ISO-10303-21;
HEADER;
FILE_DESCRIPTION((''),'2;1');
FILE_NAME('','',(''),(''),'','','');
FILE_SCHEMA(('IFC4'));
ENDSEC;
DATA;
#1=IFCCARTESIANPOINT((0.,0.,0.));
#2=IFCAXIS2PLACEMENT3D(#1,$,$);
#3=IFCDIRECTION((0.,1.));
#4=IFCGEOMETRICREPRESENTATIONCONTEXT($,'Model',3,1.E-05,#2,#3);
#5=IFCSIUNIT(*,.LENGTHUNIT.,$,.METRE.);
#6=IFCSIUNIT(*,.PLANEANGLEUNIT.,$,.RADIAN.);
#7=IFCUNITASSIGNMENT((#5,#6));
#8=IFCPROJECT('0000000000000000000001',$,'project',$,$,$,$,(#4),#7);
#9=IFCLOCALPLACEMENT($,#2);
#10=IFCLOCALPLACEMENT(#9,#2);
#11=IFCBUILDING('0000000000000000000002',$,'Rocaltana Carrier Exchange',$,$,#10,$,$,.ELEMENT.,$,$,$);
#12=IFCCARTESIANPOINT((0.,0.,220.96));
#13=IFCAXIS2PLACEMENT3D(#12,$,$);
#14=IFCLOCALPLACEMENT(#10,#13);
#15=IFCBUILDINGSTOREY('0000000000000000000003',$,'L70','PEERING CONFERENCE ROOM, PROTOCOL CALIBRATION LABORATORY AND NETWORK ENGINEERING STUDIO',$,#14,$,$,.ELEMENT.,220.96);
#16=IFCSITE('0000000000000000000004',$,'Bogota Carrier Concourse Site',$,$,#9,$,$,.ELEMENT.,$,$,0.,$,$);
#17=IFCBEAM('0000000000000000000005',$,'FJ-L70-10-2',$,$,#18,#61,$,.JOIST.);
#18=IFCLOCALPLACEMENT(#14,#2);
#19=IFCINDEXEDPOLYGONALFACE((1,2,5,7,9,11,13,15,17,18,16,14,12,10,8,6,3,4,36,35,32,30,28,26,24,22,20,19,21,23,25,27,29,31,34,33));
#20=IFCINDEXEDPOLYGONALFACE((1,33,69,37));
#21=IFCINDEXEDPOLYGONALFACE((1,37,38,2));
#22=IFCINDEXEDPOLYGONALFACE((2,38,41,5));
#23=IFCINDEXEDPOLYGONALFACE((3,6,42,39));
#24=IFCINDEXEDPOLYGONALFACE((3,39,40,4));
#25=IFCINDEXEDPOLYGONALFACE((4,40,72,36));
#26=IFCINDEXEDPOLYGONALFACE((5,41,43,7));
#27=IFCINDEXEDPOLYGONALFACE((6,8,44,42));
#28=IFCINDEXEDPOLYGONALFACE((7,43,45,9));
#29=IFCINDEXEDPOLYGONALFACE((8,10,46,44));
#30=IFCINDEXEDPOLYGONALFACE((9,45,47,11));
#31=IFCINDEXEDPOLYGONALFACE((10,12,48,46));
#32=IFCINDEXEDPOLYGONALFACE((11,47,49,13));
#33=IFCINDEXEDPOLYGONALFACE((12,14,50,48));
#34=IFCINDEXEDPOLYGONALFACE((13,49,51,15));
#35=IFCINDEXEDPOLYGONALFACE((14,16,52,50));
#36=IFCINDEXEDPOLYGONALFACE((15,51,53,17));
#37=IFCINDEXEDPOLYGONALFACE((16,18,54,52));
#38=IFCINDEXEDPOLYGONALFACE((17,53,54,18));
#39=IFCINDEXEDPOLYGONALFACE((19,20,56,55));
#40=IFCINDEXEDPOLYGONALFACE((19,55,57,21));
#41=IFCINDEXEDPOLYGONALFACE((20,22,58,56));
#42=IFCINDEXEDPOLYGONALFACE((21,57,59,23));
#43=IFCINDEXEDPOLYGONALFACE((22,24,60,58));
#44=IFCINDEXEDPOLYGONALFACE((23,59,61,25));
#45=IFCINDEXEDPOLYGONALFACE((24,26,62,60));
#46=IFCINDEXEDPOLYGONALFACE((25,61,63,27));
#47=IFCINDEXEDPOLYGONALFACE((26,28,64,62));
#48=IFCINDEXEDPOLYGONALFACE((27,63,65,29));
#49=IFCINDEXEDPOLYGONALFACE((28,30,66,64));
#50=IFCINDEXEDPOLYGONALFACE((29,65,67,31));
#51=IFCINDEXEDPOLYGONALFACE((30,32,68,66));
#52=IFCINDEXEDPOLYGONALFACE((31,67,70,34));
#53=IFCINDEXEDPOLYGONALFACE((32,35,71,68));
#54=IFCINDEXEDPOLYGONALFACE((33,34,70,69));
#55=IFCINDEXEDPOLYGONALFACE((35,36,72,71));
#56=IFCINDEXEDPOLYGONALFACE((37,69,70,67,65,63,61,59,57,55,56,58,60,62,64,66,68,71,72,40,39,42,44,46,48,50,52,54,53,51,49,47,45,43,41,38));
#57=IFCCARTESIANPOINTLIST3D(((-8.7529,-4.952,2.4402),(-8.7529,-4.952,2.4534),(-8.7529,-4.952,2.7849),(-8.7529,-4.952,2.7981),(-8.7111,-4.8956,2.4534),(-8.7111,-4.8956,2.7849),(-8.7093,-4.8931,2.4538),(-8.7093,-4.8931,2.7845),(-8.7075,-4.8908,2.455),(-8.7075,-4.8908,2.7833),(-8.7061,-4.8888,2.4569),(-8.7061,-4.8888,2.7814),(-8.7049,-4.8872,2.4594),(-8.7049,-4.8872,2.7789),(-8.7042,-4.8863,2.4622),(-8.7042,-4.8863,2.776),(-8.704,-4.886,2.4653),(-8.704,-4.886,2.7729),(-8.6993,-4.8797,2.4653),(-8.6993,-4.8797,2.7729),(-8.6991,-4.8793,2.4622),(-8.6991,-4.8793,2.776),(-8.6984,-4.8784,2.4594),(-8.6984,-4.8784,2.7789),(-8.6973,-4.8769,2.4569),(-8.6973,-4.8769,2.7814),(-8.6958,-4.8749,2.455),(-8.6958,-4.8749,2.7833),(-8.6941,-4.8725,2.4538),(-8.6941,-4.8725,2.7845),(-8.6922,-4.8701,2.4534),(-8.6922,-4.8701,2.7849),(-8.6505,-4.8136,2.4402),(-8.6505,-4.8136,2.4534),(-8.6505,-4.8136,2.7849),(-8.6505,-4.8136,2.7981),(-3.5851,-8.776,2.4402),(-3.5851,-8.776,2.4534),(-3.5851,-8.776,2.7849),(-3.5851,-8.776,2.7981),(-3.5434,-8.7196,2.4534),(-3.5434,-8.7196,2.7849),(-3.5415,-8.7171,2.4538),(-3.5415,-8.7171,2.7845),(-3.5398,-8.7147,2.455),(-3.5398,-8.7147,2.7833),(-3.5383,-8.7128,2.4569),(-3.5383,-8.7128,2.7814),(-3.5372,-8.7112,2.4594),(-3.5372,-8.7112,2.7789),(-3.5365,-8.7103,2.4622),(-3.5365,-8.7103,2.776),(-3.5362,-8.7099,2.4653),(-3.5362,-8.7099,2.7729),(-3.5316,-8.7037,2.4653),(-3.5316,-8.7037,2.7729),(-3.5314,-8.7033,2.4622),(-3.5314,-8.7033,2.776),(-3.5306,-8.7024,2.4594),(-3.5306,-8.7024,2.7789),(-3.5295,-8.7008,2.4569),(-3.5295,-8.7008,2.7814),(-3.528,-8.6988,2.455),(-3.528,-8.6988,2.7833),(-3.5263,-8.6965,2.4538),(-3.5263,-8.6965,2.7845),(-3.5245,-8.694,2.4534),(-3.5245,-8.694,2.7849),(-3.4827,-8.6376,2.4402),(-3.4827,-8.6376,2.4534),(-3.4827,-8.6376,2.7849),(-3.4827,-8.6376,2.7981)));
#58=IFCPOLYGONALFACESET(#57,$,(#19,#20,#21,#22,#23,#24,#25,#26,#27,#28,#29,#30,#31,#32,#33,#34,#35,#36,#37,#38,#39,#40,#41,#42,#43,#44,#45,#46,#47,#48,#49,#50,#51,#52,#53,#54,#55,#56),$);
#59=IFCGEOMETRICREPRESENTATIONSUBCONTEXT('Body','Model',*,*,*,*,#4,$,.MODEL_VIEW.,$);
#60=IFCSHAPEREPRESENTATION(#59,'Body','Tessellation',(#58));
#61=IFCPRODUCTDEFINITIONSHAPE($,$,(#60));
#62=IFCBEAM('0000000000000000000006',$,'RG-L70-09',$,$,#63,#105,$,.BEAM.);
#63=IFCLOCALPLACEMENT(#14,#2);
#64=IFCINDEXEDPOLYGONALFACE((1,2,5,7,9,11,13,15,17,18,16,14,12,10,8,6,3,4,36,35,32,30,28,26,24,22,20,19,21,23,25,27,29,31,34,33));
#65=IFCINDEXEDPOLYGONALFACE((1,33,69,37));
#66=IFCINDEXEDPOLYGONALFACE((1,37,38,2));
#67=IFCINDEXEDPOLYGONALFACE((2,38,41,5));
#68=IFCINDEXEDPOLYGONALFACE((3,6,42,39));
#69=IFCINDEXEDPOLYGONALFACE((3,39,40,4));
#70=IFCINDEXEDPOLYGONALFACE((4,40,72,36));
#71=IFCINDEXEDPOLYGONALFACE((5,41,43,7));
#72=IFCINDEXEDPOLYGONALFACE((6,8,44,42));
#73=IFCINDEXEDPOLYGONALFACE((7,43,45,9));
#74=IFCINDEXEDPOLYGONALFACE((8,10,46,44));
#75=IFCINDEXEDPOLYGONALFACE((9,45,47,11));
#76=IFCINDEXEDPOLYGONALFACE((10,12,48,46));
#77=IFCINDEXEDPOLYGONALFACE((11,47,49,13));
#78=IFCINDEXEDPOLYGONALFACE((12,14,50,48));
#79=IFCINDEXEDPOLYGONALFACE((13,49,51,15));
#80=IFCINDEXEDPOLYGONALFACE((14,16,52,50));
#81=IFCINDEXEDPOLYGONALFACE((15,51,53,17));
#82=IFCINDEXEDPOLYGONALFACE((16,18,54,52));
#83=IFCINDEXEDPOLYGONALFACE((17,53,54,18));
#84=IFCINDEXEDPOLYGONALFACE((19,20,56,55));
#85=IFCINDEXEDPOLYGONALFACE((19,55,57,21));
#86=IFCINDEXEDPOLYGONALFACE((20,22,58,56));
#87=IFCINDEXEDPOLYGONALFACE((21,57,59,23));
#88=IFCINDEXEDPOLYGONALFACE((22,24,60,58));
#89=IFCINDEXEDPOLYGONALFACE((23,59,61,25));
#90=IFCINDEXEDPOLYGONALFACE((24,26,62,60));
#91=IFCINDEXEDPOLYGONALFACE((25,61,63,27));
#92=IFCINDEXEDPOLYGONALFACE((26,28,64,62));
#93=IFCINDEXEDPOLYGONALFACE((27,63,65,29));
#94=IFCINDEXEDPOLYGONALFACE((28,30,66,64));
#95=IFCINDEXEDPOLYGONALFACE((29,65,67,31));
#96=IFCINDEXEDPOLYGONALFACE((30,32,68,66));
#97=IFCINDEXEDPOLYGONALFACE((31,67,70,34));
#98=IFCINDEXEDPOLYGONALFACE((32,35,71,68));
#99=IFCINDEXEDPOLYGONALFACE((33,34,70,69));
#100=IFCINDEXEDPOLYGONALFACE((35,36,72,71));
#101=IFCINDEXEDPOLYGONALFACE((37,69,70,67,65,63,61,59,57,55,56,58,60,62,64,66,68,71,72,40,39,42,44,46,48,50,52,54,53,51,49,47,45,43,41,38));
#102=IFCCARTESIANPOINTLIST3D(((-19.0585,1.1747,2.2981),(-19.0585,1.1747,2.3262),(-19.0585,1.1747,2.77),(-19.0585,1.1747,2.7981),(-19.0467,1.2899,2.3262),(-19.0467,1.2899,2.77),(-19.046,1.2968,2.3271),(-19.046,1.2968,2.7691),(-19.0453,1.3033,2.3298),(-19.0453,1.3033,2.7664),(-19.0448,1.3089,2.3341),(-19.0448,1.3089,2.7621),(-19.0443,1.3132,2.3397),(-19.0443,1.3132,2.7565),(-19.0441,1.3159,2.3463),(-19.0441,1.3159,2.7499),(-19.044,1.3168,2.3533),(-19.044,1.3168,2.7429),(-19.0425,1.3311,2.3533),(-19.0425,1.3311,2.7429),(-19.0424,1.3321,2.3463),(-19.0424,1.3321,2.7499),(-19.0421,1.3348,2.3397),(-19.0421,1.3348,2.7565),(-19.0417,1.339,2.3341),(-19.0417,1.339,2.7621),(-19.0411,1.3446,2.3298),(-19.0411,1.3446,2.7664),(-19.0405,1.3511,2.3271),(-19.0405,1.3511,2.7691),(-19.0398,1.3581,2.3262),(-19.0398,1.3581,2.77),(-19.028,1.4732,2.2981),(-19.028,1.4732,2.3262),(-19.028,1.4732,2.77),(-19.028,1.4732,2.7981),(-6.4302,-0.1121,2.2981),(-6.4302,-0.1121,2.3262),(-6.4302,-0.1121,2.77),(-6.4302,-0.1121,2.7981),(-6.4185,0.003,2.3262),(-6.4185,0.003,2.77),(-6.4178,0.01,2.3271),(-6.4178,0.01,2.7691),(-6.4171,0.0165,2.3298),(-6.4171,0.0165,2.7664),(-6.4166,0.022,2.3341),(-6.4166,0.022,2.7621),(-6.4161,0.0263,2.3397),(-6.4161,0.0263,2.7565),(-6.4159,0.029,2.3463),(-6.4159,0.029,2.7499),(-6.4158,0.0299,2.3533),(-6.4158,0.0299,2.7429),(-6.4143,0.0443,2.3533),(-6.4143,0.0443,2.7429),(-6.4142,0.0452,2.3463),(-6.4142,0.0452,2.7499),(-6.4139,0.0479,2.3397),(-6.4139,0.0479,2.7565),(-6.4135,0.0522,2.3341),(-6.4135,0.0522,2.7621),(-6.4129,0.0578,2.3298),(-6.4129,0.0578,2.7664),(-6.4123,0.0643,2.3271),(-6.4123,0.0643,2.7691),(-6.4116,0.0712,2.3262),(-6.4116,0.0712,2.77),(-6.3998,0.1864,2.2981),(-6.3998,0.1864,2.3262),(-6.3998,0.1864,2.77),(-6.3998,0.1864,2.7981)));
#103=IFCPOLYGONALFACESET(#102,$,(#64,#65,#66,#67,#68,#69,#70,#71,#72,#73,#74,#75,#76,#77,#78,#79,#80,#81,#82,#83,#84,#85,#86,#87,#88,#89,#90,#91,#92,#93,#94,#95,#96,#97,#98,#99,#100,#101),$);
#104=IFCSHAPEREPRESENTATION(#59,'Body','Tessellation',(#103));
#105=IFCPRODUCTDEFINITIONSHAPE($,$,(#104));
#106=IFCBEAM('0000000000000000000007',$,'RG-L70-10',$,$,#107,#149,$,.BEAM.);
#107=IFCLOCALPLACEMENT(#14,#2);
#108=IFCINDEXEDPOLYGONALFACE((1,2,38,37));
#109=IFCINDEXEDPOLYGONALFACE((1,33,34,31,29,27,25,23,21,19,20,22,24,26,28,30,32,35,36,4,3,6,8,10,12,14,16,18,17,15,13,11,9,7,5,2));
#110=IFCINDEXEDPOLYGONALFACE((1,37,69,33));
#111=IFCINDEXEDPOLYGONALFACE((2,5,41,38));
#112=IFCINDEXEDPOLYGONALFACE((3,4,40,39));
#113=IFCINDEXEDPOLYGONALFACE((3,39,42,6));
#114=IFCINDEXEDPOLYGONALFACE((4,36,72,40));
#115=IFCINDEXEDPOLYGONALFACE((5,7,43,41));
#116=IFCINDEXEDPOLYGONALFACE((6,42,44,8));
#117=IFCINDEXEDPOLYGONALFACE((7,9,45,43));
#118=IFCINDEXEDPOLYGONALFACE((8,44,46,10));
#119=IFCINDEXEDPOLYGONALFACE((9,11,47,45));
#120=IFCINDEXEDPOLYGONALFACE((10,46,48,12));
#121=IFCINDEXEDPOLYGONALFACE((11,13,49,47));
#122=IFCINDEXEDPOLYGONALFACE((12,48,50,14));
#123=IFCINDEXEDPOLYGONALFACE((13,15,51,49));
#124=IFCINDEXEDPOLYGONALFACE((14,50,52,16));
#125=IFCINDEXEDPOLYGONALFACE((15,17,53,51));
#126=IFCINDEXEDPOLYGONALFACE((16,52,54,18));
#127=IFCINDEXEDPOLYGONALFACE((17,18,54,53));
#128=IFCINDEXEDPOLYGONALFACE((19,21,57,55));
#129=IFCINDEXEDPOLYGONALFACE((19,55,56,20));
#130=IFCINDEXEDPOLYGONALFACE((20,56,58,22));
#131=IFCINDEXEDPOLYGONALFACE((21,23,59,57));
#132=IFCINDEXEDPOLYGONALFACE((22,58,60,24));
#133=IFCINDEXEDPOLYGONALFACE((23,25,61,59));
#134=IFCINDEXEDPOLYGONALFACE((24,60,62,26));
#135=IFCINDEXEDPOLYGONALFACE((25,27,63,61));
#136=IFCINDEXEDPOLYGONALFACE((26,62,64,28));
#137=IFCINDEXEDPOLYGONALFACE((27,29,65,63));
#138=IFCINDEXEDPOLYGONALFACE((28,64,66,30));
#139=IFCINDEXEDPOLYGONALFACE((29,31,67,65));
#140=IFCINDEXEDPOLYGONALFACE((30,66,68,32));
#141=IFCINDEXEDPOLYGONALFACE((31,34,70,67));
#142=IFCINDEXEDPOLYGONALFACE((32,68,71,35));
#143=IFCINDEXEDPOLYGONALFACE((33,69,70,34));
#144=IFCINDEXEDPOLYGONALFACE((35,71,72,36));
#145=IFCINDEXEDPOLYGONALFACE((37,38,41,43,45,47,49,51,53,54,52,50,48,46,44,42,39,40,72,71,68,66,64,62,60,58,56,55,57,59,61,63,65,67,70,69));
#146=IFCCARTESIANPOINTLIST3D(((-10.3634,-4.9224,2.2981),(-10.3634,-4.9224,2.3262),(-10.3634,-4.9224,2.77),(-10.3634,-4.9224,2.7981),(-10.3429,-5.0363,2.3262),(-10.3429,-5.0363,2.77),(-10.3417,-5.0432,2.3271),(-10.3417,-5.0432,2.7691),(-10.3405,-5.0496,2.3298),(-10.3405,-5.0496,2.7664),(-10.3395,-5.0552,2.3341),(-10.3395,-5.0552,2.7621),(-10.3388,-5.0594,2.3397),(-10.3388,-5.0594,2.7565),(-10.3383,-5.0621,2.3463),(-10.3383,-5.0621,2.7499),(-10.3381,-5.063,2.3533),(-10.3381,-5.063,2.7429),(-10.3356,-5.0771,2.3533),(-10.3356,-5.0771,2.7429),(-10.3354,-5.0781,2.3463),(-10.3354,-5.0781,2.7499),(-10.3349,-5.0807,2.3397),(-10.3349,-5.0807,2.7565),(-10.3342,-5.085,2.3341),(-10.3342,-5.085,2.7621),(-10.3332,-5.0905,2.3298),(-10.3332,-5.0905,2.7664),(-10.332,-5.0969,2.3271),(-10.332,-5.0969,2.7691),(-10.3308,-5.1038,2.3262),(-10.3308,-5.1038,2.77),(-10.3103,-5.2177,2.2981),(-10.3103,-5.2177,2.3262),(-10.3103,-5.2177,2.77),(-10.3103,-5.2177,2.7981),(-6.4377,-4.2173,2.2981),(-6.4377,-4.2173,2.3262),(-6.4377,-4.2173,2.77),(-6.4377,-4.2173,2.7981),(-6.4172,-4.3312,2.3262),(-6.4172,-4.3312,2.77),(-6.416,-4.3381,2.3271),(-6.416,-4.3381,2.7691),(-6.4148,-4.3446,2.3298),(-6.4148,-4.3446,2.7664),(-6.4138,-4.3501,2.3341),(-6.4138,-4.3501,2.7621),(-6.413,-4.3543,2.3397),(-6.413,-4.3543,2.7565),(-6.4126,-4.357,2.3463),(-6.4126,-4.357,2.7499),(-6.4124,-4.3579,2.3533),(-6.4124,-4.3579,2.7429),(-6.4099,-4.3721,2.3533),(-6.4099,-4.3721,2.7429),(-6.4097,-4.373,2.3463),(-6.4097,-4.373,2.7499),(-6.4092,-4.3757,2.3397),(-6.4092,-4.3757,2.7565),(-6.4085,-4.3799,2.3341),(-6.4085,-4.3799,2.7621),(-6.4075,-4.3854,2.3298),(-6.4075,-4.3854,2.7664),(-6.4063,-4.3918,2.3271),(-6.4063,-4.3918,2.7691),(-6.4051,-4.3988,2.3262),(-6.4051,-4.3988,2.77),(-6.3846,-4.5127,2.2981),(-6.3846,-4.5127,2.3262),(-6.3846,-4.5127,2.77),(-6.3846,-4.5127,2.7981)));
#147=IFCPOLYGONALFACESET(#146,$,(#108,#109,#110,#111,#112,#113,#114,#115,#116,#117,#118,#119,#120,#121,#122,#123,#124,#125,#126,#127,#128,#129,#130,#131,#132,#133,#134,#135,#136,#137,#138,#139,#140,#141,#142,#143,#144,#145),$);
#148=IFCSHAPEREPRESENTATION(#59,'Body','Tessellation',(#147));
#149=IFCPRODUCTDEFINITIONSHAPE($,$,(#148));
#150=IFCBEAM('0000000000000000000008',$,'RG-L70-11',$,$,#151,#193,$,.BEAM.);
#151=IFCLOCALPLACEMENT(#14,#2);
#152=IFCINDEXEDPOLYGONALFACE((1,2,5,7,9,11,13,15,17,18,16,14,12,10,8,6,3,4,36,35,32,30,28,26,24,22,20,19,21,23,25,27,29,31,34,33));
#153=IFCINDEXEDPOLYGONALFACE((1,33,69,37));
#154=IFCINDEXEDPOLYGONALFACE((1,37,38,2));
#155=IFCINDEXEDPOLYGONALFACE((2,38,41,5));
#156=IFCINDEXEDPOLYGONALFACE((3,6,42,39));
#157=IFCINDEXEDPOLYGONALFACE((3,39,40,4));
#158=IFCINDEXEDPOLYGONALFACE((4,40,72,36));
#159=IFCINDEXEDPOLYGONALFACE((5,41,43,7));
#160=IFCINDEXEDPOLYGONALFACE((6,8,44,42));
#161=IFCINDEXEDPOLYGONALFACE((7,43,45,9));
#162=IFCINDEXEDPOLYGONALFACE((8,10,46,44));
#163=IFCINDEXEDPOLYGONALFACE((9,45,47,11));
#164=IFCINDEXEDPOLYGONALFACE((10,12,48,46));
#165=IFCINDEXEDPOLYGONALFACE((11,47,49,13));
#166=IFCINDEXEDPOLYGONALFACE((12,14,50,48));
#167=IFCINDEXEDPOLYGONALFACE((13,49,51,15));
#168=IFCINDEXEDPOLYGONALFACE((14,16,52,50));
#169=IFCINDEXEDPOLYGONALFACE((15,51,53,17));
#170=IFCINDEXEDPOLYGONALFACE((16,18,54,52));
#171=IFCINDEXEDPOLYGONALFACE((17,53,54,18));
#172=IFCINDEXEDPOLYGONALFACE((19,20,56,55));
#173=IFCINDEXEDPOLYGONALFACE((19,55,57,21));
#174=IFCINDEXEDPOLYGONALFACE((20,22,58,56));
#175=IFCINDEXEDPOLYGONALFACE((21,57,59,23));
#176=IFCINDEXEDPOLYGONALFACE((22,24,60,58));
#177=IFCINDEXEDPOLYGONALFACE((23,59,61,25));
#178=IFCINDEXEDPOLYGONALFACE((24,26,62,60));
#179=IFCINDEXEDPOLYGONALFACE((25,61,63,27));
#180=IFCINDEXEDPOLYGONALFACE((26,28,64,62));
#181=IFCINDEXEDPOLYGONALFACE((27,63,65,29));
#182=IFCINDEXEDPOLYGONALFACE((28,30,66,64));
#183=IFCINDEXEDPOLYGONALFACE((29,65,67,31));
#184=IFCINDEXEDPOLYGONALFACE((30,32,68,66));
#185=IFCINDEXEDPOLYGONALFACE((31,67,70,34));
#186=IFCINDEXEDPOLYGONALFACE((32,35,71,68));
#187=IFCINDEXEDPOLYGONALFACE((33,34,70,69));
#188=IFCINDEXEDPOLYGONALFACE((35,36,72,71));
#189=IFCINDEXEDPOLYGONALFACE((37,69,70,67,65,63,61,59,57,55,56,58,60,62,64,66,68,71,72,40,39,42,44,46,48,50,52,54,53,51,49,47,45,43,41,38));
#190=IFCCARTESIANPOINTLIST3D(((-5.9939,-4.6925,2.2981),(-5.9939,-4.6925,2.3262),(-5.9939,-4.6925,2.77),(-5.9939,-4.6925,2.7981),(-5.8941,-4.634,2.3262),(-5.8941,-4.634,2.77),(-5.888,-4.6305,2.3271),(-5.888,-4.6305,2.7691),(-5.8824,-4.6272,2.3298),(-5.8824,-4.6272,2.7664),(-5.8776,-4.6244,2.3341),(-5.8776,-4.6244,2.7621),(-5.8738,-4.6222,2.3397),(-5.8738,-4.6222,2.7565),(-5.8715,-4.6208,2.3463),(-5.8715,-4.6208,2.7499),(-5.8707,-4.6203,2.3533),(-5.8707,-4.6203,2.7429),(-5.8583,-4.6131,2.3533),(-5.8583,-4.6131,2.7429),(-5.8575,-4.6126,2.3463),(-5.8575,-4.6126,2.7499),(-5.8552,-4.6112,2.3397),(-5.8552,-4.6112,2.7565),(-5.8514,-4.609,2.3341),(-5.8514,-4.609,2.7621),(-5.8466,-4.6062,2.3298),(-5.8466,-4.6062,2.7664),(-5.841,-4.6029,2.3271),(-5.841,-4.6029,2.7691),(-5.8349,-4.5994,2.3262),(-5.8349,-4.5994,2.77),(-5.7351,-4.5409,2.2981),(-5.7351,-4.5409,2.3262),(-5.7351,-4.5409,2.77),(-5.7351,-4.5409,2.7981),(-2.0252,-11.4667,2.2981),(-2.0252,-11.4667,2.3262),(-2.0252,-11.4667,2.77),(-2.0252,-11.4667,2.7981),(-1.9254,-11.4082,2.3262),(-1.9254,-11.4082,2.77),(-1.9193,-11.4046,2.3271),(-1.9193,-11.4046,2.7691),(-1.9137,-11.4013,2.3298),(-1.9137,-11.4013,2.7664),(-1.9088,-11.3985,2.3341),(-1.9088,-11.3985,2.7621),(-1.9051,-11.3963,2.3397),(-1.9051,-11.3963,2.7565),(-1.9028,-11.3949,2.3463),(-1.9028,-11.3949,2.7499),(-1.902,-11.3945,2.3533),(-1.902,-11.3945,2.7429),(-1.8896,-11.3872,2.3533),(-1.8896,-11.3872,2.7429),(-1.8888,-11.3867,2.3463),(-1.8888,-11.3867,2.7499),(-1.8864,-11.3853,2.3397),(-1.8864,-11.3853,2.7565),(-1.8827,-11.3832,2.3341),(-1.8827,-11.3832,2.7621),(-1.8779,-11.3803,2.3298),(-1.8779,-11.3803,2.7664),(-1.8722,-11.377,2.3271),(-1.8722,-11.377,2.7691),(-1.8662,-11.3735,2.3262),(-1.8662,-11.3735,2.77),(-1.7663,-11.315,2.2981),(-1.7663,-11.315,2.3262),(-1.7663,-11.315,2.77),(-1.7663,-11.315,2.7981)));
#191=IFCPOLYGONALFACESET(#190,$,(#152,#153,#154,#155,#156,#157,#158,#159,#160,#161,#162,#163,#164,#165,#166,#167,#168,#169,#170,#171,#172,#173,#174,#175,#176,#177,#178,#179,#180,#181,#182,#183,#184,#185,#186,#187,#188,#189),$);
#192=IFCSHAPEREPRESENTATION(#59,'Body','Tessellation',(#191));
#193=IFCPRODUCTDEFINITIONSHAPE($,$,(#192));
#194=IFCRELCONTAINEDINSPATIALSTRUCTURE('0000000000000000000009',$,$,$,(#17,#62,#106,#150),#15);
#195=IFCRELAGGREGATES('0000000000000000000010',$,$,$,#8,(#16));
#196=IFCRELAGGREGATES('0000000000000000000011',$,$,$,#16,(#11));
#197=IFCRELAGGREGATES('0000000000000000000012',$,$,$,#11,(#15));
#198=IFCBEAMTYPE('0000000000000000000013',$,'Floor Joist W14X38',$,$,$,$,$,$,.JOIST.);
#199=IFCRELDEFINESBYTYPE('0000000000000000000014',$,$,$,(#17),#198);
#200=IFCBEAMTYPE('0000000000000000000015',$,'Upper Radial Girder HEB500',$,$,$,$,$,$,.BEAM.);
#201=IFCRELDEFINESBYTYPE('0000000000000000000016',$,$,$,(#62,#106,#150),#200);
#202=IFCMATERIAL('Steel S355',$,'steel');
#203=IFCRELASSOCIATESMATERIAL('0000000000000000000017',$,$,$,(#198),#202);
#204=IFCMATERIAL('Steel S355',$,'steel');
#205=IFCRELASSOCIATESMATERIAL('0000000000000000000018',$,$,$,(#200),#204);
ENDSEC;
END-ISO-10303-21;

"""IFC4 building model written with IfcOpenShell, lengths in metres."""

from ifc_helpers import new_model, si_unit, direction, frame, origin, origin_2d, place, context, subcontext, project, spatial, i_section, extrude, material, material_profile, profile_set, type_object, element, save


model = new_model("IFC4")

# Units and contexts
model_context = context("Model", 3, precision=1e-05, world=origin(), true_north=direction((0.0, 1.0)))
body_context = subcontext(model_context, "Body", "Model", "MODEL_VIEW")
ifc_project = project(units=[si_unit("LENGTHUNIT", "METRE"), si_unit("PLANEANGLEUNIT", "RADIAN")], contexts=[model_context])

# Site, building, storey
site_placement = place(None, origin())
site = spatial("IfcSite", under=ifc_project, at=site_placement, Name="Bogota Carrier Concourse Site", CompositionType="ELEMENT", RefElevation=0.0)
building_placement = place(site_placement, origin())
building = spatial("IfcBuilding", under=site, at=building_placement, Name="Rocaltana Carrier Exchange", CompositionType="ELEMENT")
storey_placement = place(building_placement, frame((0.0, 0.0, 220.96)))
storey = spatial("IfcBuildingStorey", under=building, at=storey_placement, Name="L70", Description="PEERING CONFERENCE ROOM, PROTOCOL CALIBRATION LABORATORY AND NETWORK ENGINEERING STUDIO", CompositionType="ELEMENT", Elevation=220.96)

# Beams
ifc_material_1 = material(Name="Steel S355", Category="steel")
ifc_material_profile_1 = material_profile(ifc_material_1, i_section(OverallWidth=0.1721, OverallDepth=0.3579, WebThickness=0.0078, FlangeThickness=0.0132, FilletRadius=0.012, at=origin_2d()), Name="W14X38")
ifc_profile_set_1 = profile_set([ifc_material_profile_1], Name="Steel S355")
beam_type_1 = type_object("IfcBeamType", Name="Floor Joist W14X38", PredefinedType="JOIST", material=ifc_profile_set_1)
beam_1_placement = place(storey_placement, frame((-8.7017, -4.8828, 2.6191), z_axis=(0.803852, -0.594829, 0.0), x_axis=(0.594829, 0.803852, 0.0)))
element("IfcBeam", 1, at=beam_1_placement, inside=storey, type_object=beam_type_1, Name="FJ-L70-10-2", PredefinedType="JOIST", context=body_context, shape_type="SweptSolid", body=[
    extrude(i_section(OverallWidth=0.1721, OverallDepth=0.3579, WebThickness=0.0078, FlangeThickness=0.0132, FilletRadius=0.012, at=origin_2d()), origin(), (0.0, 0.0, 1.0), 6.4287),
])
ifc_material_2 = material(Name="Steel S355", Category="steel")
ifc_material_profile_2 = material_profile(ifc_material_2, i_section(OverallWidth=0.3, OverallDepth=0.5, WebThickness=0.0144, FlangeThickness=0.0281, FilletRadius=0.0271, at=origin_2d()), Name="HEB500")
ifc_profile_set_2 = profile_set([ifc_material_profile_2], Name="Steel S355")
beam_type_2 = type_object("IfcBeamType", Name="Upper Radial Girder HEB500", PredefinedType="BEAM", material=ifc_profile_set_2)
beam_2_placement = place(storey_placement, frame((-6.415, 0.0371, 2.5481), z_axis=(-0.994848, 0.101379, 0.0), x_axis=(-0.101379, -0.994848, 0.0)))
element("IfcBeam", 2, at=beam_2_placement, inside=storey, type_object=beam_type_2, Name="RG-L70-09", PredefinedType="BEAM", context=body_context, shape_type="SweptSolid", body=[
    extrude(i_section(OverallWidth=0.3, OverallDepth=0.5, WebThickness=0.0144, FlangeThickness=0.0281, FilletRadius=0.0271, at=origin_2d()), origin(), (0.0, 0.0, 1.0), 12.6936),
])
beam_3_placement = place(storey_placement, frame((-6.4111, -4.365, 2.5481), z_axis=(-0.984252, -0.176774, 0.0), x_axis=(0.176774, -0.984252, 0.0)))
element("IfcBeam", 3, at=beam_3_placement, inside=storey, type_object=beam_type_2, Name="RG-L70-10", PredefinedType="BEAM", context=body_context, shape_type="SweptSolid", body=[
    extrude(i_section(OverallWidth=0.3, OverallDepth=0.5, WebThickness=0.0144, FlangeThickness=0.0281, FilletRadius=0.0271, at=origin_2d()), origin(), (0.0, 0.0, 1.0), 3.9885),
])
beam_4_placement = place(storey_placement, frame((-5.8645, -4.6167, 2.5481), z_axis=(0.5055, -0.862827, 0.0), x_axis=(0.862827, 0.5055, 0.0)))
element("IfcBeam", 4, at=beam_4_placement, inside=storey, type_object=beam_type_2, Name="RG-L70-11", PredefinedType="BEAM", context=body_context, shape_type="SweptSolid", body=[
    extrude(i_section(OverallWidth=0.3, OverallDepth=0.5, WebThickness=0.0144, FlangeThickness=0.0281, FilletRadius=0.0271, at=origin_2d()), origin(), (0.0, 0.0, 1.0), 7.8511),
])

save(model, "model.ifc")
